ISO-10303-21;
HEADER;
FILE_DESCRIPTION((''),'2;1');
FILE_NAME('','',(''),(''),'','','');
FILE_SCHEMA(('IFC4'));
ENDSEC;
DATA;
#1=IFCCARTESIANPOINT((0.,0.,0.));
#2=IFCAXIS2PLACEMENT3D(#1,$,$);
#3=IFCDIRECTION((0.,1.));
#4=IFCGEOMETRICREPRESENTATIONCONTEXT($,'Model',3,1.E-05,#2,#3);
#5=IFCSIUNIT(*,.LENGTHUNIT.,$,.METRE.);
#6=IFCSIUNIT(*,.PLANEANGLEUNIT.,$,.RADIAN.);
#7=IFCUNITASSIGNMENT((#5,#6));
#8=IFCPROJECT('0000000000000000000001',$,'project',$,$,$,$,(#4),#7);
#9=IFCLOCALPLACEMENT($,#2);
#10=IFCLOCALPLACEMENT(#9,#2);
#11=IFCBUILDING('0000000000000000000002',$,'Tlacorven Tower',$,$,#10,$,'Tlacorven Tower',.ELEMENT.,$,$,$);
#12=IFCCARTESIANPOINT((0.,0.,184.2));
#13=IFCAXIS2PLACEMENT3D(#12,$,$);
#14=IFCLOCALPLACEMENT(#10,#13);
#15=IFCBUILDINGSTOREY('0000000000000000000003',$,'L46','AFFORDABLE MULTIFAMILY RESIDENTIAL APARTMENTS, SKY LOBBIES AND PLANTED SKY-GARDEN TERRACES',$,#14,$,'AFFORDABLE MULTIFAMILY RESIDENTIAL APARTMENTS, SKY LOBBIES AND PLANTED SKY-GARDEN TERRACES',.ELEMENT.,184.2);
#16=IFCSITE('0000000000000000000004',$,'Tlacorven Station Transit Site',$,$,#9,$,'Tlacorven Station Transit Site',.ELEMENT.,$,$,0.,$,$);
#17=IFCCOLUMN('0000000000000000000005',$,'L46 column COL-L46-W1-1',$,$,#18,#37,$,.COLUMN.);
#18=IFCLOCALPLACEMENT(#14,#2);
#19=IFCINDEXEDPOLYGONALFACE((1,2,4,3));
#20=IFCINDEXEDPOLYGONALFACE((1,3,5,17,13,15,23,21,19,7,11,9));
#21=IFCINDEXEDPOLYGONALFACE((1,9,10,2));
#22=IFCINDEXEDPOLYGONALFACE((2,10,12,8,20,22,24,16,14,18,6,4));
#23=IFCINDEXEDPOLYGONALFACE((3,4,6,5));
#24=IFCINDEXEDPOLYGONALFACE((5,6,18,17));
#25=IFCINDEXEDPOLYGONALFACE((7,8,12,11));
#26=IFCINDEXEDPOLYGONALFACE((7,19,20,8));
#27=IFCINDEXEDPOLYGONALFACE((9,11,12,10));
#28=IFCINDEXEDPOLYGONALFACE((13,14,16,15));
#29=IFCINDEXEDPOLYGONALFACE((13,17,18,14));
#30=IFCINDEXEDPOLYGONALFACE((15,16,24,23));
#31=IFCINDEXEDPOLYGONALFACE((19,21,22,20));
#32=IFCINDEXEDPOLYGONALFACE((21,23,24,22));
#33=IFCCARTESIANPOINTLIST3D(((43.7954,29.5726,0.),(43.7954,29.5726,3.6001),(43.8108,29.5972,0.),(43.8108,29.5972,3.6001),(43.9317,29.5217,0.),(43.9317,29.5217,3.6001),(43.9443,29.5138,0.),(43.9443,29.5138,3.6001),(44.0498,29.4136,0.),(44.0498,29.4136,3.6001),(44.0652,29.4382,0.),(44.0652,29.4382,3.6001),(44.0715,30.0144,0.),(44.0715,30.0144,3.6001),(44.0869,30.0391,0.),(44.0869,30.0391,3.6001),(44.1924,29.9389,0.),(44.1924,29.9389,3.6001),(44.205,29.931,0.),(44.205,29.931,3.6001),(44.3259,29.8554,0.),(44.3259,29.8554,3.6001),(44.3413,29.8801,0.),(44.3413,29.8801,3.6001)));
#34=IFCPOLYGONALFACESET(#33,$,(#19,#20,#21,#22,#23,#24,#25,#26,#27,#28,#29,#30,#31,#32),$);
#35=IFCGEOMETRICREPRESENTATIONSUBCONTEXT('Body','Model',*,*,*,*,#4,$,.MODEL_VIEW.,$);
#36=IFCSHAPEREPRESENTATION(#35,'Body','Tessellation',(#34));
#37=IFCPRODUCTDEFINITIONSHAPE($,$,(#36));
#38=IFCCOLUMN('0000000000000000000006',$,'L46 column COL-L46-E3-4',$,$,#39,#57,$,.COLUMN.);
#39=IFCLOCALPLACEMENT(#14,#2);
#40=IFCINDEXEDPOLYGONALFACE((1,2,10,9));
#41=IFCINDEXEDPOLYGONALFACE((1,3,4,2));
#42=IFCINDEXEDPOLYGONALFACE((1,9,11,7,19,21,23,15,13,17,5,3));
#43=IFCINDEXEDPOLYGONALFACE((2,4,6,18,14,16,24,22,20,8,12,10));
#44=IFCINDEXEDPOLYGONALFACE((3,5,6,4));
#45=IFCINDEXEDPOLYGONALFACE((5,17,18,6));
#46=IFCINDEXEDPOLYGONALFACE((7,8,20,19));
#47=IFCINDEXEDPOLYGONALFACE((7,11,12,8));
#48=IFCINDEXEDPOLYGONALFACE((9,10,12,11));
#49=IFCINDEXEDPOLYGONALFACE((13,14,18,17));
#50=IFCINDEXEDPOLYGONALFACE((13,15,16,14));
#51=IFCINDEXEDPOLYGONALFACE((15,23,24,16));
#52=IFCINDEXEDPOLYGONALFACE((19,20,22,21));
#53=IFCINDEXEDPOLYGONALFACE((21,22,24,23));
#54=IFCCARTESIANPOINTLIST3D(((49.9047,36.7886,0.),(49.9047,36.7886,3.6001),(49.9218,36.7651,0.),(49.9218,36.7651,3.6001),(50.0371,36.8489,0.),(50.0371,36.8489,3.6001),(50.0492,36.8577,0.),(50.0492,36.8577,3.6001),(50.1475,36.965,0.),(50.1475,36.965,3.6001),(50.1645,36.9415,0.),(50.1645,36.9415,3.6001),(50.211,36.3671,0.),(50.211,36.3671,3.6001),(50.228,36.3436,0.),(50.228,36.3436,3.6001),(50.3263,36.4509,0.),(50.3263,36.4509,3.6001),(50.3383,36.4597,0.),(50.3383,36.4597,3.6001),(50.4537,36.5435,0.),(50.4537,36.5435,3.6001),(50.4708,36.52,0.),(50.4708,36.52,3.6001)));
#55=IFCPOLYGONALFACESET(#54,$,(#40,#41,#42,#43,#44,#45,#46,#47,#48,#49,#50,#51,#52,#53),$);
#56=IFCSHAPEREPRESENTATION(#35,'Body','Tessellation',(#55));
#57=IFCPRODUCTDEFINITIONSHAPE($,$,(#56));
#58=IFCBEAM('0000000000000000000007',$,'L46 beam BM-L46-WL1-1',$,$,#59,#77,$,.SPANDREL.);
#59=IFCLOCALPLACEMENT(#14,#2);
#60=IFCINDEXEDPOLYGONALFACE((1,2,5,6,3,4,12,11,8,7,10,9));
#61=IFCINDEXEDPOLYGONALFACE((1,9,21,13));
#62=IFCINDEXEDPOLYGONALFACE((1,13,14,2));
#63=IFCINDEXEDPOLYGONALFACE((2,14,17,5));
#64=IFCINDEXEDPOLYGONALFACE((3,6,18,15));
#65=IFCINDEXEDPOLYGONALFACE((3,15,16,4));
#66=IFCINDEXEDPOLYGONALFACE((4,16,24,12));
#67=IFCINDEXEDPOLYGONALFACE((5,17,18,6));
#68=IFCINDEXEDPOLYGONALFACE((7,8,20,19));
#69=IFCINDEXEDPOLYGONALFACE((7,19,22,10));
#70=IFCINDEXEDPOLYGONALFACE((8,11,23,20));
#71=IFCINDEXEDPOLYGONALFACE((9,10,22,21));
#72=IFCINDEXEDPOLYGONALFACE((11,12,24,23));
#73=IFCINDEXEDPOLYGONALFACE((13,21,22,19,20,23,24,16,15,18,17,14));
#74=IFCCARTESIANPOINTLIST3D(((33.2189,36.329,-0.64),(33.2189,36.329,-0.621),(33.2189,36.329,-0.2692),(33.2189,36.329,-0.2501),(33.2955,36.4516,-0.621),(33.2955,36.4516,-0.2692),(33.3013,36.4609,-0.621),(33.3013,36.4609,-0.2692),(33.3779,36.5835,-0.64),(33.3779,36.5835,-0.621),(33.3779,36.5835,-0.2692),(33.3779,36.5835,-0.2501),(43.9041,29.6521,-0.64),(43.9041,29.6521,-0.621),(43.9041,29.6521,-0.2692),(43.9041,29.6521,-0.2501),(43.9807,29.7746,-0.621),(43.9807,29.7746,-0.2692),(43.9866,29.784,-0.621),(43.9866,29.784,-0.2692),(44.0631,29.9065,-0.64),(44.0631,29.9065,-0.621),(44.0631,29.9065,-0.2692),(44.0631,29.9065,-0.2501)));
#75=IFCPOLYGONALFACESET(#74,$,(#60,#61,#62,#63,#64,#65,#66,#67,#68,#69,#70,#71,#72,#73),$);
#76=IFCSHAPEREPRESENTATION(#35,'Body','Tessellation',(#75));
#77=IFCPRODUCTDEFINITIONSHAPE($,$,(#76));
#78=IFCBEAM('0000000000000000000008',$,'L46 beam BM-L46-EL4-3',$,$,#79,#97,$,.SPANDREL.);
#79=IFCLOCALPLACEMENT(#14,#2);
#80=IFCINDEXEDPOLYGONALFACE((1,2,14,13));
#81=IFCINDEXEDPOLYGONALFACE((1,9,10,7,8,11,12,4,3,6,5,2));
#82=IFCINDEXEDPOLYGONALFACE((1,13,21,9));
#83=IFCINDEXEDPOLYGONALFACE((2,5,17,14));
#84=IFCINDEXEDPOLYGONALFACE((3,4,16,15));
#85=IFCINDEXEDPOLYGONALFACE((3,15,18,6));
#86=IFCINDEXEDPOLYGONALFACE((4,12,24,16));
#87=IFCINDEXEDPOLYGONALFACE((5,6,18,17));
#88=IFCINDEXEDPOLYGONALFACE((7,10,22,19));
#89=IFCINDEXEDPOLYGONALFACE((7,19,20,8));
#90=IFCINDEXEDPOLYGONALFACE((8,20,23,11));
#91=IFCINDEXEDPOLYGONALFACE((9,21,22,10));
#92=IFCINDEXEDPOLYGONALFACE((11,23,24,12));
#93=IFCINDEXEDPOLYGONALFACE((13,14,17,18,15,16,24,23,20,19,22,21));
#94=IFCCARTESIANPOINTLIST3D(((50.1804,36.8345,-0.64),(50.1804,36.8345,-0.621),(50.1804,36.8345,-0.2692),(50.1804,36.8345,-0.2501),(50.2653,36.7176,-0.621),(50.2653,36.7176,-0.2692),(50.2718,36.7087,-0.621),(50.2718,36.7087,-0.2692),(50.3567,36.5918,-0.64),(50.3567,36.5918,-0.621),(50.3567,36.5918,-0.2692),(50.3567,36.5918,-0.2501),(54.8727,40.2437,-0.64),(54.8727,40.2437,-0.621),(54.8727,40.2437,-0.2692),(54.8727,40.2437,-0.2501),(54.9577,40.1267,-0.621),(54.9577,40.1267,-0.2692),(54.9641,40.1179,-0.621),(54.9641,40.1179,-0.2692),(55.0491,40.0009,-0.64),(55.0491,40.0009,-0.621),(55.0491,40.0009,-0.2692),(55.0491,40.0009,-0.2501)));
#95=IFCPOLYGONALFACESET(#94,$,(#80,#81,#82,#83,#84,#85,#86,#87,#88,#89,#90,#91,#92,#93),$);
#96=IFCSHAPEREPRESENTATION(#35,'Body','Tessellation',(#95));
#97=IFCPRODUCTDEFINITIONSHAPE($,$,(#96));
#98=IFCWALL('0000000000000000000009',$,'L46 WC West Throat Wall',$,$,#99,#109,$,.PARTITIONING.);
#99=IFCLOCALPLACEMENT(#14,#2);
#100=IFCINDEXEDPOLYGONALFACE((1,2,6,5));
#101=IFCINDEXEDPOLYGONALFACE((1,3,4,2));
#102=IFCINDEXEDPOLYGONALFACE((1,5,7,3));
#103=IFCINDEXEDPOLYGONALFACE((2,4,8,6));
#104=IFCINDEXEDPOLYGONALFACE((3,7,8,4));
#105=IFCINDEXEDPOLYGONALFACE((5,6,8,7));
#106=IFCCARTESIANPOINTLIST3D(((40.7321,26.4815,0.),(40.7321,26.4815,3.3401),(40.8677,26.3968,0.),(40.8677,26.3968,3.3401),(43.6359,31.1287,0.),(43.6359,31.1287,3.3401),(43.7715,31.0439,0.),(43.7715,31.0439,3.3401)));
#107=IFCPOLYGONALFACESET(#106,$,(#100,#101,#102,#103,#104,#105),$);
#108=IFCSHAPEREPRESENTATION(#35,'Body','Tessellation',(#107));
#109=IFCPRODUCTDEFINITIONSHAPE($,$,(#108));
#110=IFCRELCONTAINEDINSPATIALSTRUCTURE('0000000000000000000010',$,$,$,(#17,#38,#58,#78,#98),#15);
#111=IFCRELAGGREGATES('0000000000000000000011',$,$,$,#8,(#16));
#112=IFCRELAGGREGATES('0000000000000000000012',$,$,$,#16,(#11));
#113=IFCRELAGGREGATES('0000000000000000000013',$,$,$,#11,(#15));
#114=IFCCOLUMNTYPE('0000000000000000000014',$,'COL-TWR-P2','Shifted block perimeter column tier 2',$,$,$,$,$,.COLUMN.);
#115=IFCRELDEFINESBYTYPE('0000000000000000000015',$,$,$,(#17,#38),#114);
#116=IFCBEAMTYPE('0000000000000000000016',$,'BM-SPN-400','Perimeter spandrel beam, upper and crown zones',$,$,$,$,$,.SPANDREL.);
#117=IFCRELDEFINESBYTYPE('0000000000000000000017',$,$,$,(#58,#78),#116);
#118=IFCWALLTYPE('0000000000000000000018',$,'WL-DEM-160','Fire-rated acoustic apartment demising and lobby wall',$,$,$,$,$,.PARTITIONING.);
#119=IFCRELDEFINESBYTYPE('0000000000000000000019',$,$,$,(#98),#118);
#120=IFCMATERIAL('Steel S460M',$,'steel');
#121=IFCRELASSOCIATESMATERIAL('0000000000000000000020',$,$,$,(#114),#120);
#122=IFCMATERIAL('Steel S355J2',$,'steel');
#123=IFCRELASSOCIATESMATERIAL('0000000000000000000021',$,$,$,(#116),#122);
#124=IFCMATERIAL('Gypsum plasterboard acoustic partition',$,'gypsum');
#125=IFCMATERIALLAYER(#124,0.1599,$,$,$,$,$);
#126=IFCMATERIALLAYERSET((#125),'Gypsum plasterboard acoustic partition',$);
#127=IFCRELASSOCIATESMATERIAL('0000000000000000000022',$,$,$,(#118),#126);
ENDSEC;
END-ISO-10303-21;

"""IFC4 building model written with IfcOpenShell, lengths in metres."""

from ifc_helpers import new_model, si_unit, direction, frame, frame_2d, origin, origin_2d, place, context, subcontext, project, spatial, rectangle, i_section, extrude, source, transform, mapped, material, layer, layer_set, material_profile, profile_set, type_object, element, save


model = new_model("IFC4")

# Units and contexts
model_context = context("Model", 3, precision=1e-05, world=origin(), true_north=direction((0.0, 1.0)))
body_context = subcontext(model_context, "Body", "Model", "MODEL_VIEW")
ifc_project = project(units=[si_unit("LENGTHUNIT", "METRE"), si_unit("PLANEANGLEUNIT", "RADIAN")], contexts=[model_context])

# Site, building, storey
site_placement = place(None, origin())
site = spatial("IfcSite", under=ifc_project, at=site_placement, Name="Tlacorven Station Transit Site", LongName="Tlacorven Station Transit Site", CompositionType="ELEMENT", RefElevation=0.0)
building_placement = place(site_placement, origin())
building = spatial("IfcBuilding", under=site, at=building_placement, Name="Tlacorven Tower", LongName="Tlacorven Tower", CompositionType="ELEMENT")
storey_placement = place(building_placement, frame((0.0, 0.0, 184.2)))
storey = spatial("IfcBuildingStorey", under=building, at=storey_placement, Name="L46", Description="AFFORDABLE MULTIFAMILY RESIDENTIAL APARTMENTS, SKY LOBBIES AND PLANTED SKY-GARDEN TERRACES", LongName="AFFORDABLE MULTIFAMILY RESIDENTIAL APARTMENTS, SKY LOBBIES AND PLANTED SKY-GARDEN TERRACES", CompositionType="ELEMENT", Elevation=184.2)

# Columns
ifc_material_1 = material(Name="Steel S460M", Category="steel")
ifc_material_profile_1 = material_profile(ifc_material_1, i_section(OverallWidth=0.3, OverallDepth=0.55, WebThickness=0.0149, FlangeThickness=0.0291, at=origin_2d()), Name="HEB 550")
ifc_profile_set_1 = profile_set([ifc_material_profile_1], Name="Steel S460M")
column_type = type_object("IfcColumnType", Name="COL-TWR-P2", Description="Shifted block perimeter column tier 2", PredefinedType="COLUMN", material=ifc_profile_set_1)
shared_shape_1 = source(origin(), body_context, "Body", "SweptSolid", [
    extrude(i_section(OverallWidth=0.3, OverallDepth=0.55, WebThickness=0.0149, FlangeThickness=0.0291, at=origin_2d()), origin(), (0.0, 0.0, 1.0), 3.6001),
])
for number, where, z_axis, x_axis, name in (
    (1, (44.0684, 29.7263, 0.0), (0.0, 0.0, 1.0), (-0.848048, 0.529919, 0.0), "L46 column COL-L46-W1-1"),
    (2, (50.1877, 36.6543, 0.0), (0.0, 0.0, 1.0), (0.809017, 0.587785, 0.0), "L46 column COL-L46-E3-4"),
):
    element("IfcColumn", number, at=place(storey_placement, frame(where, z_axis=z_axis, x_axis=x_axis)), inside=storey, type_object=column_type, Name=name, PredefinedType="COLUMN", context=body_context, shape_type="MappedRepresentation", body=[
        mapped(shared_shape_1, transform((0.0, 0.0, 0.0), scale=1.0)),
    ])

# Beams
ifc_material_2 = material(Name="Steel S355J2", Category="steel")
ifc_material_profile_2 = material_profile(ifc_material_2, i_section(OverallWidth=0.3, OverallDepth=0.3899, WebThickness=0.011, FlangeThickness=0.019, at=origin_2d()), Name="HEA 400")
ifc_profile_set_2 = profile_set([ifc_material_profile_2], Name="Steel S355J2")
beam_type = type_object("IfcBeamType", Name="BM-SPN-400", Description="Perimeter spandrel beam, upper and crown zones", PredefinedType="SPANDREL", material=ifc_profile_set_2)
shared_shape_2 = source(origin(), body_context, "Body", "SweptSolid", [
    extrude(i_section(OverallWidth=0.3, OverallDepth=0.3899, WebThickness=0.011, FlangeThickness=0.019, at=origin_2d()), origin(), (0.0, 0.0, 1.0), 12.5999),
])
beam_1_placement = place(storey_placement, frame((43.9836, 29.7793, -0.4451), z_axis=(-0.848045, 0.529924, 0.0), x_axis=(-0.529924, -0.848045, 0.0)))
element("IfcBeam", 3, at=beam_1_placement, inside=storey, type_object=beam_type, Name="L46 beam BM-L46-WL1-1", PredefinedType="SPANDREL", context=body_context, shape_type="MappedRepresentation", body=[
    mapped(shared_shape_2, transform((0.0, 0.0, 0.0), scale=1.0)),
])
shared_shape_3 = source(origin(), body_context, "Body", "SweptSolid", [
    extrude(i_section(OverallWidth=0.3, OverallDepth=0.3899, WebThickness=0.011, FlangeThickness=0.019, at=origin_2d()), origin(), (0.0, 0.0, 1.0), 5.8),
])
beam_2_placement = place(storey_placement, frame((50.2686, 36.7131, -0.4451), z_axis=(0.80902, 0.587781, 0.0), x_axis=(-0.587781, 0.80902, 0.0)))
element("IfcBeam", 4, at=beam_2_placement, inside=storey, type_object=beam_type, Name="L46 beam BM-L46-EL4-3", PredefinedType="SPANDREL", context=body_context, shape_type="MappedRepresentation", body=[
    mapped(shared_shape_3, transform((0.0, 0.0, 0.0), scale=1.0)),
])

# Wall
ifc_material_3 = material(Name="Gypsum plasterboard acoustic partition", Category="gypsum")
ifc_layer_1 = layer(ifc_material_3, 0.1599)
ifc_layer_set_1 = layer_set([ifc_layer_1], Name="Gypsum plasterboard acoustic partition")
wall_type_1 = type_object("IfcWallType", Name="WL-DEM-160", Description="Fire-rated acoustic apartment demising and lobby wall", PredefinedType="PARTITIONING", material=ifc_layer_set_1)
wall_1_placement = place(storey_placement, frame((43.7036, 31.0862, 0.0), z_axis=(0.0, 0.0, 1.0), x_axis=(-0.529907, -0.848056, 0.0)))
element("IfcWall", 5, at=wall_1_placement, inside=storey, type_object=wall_type_1, Name="L46 WC West Throat Wall", PredefinedType="PARTITIONING", context=body_context, shape_type="SweptSolid", body=[
    extrude(rectangle(XDim=5.4797, YDim=0.1599, at=frame_2d((2.7397, 0.0))), origin(), (0.0, 0.0, 1.0), 3.3401),
])

save(model, "model.ifc")
